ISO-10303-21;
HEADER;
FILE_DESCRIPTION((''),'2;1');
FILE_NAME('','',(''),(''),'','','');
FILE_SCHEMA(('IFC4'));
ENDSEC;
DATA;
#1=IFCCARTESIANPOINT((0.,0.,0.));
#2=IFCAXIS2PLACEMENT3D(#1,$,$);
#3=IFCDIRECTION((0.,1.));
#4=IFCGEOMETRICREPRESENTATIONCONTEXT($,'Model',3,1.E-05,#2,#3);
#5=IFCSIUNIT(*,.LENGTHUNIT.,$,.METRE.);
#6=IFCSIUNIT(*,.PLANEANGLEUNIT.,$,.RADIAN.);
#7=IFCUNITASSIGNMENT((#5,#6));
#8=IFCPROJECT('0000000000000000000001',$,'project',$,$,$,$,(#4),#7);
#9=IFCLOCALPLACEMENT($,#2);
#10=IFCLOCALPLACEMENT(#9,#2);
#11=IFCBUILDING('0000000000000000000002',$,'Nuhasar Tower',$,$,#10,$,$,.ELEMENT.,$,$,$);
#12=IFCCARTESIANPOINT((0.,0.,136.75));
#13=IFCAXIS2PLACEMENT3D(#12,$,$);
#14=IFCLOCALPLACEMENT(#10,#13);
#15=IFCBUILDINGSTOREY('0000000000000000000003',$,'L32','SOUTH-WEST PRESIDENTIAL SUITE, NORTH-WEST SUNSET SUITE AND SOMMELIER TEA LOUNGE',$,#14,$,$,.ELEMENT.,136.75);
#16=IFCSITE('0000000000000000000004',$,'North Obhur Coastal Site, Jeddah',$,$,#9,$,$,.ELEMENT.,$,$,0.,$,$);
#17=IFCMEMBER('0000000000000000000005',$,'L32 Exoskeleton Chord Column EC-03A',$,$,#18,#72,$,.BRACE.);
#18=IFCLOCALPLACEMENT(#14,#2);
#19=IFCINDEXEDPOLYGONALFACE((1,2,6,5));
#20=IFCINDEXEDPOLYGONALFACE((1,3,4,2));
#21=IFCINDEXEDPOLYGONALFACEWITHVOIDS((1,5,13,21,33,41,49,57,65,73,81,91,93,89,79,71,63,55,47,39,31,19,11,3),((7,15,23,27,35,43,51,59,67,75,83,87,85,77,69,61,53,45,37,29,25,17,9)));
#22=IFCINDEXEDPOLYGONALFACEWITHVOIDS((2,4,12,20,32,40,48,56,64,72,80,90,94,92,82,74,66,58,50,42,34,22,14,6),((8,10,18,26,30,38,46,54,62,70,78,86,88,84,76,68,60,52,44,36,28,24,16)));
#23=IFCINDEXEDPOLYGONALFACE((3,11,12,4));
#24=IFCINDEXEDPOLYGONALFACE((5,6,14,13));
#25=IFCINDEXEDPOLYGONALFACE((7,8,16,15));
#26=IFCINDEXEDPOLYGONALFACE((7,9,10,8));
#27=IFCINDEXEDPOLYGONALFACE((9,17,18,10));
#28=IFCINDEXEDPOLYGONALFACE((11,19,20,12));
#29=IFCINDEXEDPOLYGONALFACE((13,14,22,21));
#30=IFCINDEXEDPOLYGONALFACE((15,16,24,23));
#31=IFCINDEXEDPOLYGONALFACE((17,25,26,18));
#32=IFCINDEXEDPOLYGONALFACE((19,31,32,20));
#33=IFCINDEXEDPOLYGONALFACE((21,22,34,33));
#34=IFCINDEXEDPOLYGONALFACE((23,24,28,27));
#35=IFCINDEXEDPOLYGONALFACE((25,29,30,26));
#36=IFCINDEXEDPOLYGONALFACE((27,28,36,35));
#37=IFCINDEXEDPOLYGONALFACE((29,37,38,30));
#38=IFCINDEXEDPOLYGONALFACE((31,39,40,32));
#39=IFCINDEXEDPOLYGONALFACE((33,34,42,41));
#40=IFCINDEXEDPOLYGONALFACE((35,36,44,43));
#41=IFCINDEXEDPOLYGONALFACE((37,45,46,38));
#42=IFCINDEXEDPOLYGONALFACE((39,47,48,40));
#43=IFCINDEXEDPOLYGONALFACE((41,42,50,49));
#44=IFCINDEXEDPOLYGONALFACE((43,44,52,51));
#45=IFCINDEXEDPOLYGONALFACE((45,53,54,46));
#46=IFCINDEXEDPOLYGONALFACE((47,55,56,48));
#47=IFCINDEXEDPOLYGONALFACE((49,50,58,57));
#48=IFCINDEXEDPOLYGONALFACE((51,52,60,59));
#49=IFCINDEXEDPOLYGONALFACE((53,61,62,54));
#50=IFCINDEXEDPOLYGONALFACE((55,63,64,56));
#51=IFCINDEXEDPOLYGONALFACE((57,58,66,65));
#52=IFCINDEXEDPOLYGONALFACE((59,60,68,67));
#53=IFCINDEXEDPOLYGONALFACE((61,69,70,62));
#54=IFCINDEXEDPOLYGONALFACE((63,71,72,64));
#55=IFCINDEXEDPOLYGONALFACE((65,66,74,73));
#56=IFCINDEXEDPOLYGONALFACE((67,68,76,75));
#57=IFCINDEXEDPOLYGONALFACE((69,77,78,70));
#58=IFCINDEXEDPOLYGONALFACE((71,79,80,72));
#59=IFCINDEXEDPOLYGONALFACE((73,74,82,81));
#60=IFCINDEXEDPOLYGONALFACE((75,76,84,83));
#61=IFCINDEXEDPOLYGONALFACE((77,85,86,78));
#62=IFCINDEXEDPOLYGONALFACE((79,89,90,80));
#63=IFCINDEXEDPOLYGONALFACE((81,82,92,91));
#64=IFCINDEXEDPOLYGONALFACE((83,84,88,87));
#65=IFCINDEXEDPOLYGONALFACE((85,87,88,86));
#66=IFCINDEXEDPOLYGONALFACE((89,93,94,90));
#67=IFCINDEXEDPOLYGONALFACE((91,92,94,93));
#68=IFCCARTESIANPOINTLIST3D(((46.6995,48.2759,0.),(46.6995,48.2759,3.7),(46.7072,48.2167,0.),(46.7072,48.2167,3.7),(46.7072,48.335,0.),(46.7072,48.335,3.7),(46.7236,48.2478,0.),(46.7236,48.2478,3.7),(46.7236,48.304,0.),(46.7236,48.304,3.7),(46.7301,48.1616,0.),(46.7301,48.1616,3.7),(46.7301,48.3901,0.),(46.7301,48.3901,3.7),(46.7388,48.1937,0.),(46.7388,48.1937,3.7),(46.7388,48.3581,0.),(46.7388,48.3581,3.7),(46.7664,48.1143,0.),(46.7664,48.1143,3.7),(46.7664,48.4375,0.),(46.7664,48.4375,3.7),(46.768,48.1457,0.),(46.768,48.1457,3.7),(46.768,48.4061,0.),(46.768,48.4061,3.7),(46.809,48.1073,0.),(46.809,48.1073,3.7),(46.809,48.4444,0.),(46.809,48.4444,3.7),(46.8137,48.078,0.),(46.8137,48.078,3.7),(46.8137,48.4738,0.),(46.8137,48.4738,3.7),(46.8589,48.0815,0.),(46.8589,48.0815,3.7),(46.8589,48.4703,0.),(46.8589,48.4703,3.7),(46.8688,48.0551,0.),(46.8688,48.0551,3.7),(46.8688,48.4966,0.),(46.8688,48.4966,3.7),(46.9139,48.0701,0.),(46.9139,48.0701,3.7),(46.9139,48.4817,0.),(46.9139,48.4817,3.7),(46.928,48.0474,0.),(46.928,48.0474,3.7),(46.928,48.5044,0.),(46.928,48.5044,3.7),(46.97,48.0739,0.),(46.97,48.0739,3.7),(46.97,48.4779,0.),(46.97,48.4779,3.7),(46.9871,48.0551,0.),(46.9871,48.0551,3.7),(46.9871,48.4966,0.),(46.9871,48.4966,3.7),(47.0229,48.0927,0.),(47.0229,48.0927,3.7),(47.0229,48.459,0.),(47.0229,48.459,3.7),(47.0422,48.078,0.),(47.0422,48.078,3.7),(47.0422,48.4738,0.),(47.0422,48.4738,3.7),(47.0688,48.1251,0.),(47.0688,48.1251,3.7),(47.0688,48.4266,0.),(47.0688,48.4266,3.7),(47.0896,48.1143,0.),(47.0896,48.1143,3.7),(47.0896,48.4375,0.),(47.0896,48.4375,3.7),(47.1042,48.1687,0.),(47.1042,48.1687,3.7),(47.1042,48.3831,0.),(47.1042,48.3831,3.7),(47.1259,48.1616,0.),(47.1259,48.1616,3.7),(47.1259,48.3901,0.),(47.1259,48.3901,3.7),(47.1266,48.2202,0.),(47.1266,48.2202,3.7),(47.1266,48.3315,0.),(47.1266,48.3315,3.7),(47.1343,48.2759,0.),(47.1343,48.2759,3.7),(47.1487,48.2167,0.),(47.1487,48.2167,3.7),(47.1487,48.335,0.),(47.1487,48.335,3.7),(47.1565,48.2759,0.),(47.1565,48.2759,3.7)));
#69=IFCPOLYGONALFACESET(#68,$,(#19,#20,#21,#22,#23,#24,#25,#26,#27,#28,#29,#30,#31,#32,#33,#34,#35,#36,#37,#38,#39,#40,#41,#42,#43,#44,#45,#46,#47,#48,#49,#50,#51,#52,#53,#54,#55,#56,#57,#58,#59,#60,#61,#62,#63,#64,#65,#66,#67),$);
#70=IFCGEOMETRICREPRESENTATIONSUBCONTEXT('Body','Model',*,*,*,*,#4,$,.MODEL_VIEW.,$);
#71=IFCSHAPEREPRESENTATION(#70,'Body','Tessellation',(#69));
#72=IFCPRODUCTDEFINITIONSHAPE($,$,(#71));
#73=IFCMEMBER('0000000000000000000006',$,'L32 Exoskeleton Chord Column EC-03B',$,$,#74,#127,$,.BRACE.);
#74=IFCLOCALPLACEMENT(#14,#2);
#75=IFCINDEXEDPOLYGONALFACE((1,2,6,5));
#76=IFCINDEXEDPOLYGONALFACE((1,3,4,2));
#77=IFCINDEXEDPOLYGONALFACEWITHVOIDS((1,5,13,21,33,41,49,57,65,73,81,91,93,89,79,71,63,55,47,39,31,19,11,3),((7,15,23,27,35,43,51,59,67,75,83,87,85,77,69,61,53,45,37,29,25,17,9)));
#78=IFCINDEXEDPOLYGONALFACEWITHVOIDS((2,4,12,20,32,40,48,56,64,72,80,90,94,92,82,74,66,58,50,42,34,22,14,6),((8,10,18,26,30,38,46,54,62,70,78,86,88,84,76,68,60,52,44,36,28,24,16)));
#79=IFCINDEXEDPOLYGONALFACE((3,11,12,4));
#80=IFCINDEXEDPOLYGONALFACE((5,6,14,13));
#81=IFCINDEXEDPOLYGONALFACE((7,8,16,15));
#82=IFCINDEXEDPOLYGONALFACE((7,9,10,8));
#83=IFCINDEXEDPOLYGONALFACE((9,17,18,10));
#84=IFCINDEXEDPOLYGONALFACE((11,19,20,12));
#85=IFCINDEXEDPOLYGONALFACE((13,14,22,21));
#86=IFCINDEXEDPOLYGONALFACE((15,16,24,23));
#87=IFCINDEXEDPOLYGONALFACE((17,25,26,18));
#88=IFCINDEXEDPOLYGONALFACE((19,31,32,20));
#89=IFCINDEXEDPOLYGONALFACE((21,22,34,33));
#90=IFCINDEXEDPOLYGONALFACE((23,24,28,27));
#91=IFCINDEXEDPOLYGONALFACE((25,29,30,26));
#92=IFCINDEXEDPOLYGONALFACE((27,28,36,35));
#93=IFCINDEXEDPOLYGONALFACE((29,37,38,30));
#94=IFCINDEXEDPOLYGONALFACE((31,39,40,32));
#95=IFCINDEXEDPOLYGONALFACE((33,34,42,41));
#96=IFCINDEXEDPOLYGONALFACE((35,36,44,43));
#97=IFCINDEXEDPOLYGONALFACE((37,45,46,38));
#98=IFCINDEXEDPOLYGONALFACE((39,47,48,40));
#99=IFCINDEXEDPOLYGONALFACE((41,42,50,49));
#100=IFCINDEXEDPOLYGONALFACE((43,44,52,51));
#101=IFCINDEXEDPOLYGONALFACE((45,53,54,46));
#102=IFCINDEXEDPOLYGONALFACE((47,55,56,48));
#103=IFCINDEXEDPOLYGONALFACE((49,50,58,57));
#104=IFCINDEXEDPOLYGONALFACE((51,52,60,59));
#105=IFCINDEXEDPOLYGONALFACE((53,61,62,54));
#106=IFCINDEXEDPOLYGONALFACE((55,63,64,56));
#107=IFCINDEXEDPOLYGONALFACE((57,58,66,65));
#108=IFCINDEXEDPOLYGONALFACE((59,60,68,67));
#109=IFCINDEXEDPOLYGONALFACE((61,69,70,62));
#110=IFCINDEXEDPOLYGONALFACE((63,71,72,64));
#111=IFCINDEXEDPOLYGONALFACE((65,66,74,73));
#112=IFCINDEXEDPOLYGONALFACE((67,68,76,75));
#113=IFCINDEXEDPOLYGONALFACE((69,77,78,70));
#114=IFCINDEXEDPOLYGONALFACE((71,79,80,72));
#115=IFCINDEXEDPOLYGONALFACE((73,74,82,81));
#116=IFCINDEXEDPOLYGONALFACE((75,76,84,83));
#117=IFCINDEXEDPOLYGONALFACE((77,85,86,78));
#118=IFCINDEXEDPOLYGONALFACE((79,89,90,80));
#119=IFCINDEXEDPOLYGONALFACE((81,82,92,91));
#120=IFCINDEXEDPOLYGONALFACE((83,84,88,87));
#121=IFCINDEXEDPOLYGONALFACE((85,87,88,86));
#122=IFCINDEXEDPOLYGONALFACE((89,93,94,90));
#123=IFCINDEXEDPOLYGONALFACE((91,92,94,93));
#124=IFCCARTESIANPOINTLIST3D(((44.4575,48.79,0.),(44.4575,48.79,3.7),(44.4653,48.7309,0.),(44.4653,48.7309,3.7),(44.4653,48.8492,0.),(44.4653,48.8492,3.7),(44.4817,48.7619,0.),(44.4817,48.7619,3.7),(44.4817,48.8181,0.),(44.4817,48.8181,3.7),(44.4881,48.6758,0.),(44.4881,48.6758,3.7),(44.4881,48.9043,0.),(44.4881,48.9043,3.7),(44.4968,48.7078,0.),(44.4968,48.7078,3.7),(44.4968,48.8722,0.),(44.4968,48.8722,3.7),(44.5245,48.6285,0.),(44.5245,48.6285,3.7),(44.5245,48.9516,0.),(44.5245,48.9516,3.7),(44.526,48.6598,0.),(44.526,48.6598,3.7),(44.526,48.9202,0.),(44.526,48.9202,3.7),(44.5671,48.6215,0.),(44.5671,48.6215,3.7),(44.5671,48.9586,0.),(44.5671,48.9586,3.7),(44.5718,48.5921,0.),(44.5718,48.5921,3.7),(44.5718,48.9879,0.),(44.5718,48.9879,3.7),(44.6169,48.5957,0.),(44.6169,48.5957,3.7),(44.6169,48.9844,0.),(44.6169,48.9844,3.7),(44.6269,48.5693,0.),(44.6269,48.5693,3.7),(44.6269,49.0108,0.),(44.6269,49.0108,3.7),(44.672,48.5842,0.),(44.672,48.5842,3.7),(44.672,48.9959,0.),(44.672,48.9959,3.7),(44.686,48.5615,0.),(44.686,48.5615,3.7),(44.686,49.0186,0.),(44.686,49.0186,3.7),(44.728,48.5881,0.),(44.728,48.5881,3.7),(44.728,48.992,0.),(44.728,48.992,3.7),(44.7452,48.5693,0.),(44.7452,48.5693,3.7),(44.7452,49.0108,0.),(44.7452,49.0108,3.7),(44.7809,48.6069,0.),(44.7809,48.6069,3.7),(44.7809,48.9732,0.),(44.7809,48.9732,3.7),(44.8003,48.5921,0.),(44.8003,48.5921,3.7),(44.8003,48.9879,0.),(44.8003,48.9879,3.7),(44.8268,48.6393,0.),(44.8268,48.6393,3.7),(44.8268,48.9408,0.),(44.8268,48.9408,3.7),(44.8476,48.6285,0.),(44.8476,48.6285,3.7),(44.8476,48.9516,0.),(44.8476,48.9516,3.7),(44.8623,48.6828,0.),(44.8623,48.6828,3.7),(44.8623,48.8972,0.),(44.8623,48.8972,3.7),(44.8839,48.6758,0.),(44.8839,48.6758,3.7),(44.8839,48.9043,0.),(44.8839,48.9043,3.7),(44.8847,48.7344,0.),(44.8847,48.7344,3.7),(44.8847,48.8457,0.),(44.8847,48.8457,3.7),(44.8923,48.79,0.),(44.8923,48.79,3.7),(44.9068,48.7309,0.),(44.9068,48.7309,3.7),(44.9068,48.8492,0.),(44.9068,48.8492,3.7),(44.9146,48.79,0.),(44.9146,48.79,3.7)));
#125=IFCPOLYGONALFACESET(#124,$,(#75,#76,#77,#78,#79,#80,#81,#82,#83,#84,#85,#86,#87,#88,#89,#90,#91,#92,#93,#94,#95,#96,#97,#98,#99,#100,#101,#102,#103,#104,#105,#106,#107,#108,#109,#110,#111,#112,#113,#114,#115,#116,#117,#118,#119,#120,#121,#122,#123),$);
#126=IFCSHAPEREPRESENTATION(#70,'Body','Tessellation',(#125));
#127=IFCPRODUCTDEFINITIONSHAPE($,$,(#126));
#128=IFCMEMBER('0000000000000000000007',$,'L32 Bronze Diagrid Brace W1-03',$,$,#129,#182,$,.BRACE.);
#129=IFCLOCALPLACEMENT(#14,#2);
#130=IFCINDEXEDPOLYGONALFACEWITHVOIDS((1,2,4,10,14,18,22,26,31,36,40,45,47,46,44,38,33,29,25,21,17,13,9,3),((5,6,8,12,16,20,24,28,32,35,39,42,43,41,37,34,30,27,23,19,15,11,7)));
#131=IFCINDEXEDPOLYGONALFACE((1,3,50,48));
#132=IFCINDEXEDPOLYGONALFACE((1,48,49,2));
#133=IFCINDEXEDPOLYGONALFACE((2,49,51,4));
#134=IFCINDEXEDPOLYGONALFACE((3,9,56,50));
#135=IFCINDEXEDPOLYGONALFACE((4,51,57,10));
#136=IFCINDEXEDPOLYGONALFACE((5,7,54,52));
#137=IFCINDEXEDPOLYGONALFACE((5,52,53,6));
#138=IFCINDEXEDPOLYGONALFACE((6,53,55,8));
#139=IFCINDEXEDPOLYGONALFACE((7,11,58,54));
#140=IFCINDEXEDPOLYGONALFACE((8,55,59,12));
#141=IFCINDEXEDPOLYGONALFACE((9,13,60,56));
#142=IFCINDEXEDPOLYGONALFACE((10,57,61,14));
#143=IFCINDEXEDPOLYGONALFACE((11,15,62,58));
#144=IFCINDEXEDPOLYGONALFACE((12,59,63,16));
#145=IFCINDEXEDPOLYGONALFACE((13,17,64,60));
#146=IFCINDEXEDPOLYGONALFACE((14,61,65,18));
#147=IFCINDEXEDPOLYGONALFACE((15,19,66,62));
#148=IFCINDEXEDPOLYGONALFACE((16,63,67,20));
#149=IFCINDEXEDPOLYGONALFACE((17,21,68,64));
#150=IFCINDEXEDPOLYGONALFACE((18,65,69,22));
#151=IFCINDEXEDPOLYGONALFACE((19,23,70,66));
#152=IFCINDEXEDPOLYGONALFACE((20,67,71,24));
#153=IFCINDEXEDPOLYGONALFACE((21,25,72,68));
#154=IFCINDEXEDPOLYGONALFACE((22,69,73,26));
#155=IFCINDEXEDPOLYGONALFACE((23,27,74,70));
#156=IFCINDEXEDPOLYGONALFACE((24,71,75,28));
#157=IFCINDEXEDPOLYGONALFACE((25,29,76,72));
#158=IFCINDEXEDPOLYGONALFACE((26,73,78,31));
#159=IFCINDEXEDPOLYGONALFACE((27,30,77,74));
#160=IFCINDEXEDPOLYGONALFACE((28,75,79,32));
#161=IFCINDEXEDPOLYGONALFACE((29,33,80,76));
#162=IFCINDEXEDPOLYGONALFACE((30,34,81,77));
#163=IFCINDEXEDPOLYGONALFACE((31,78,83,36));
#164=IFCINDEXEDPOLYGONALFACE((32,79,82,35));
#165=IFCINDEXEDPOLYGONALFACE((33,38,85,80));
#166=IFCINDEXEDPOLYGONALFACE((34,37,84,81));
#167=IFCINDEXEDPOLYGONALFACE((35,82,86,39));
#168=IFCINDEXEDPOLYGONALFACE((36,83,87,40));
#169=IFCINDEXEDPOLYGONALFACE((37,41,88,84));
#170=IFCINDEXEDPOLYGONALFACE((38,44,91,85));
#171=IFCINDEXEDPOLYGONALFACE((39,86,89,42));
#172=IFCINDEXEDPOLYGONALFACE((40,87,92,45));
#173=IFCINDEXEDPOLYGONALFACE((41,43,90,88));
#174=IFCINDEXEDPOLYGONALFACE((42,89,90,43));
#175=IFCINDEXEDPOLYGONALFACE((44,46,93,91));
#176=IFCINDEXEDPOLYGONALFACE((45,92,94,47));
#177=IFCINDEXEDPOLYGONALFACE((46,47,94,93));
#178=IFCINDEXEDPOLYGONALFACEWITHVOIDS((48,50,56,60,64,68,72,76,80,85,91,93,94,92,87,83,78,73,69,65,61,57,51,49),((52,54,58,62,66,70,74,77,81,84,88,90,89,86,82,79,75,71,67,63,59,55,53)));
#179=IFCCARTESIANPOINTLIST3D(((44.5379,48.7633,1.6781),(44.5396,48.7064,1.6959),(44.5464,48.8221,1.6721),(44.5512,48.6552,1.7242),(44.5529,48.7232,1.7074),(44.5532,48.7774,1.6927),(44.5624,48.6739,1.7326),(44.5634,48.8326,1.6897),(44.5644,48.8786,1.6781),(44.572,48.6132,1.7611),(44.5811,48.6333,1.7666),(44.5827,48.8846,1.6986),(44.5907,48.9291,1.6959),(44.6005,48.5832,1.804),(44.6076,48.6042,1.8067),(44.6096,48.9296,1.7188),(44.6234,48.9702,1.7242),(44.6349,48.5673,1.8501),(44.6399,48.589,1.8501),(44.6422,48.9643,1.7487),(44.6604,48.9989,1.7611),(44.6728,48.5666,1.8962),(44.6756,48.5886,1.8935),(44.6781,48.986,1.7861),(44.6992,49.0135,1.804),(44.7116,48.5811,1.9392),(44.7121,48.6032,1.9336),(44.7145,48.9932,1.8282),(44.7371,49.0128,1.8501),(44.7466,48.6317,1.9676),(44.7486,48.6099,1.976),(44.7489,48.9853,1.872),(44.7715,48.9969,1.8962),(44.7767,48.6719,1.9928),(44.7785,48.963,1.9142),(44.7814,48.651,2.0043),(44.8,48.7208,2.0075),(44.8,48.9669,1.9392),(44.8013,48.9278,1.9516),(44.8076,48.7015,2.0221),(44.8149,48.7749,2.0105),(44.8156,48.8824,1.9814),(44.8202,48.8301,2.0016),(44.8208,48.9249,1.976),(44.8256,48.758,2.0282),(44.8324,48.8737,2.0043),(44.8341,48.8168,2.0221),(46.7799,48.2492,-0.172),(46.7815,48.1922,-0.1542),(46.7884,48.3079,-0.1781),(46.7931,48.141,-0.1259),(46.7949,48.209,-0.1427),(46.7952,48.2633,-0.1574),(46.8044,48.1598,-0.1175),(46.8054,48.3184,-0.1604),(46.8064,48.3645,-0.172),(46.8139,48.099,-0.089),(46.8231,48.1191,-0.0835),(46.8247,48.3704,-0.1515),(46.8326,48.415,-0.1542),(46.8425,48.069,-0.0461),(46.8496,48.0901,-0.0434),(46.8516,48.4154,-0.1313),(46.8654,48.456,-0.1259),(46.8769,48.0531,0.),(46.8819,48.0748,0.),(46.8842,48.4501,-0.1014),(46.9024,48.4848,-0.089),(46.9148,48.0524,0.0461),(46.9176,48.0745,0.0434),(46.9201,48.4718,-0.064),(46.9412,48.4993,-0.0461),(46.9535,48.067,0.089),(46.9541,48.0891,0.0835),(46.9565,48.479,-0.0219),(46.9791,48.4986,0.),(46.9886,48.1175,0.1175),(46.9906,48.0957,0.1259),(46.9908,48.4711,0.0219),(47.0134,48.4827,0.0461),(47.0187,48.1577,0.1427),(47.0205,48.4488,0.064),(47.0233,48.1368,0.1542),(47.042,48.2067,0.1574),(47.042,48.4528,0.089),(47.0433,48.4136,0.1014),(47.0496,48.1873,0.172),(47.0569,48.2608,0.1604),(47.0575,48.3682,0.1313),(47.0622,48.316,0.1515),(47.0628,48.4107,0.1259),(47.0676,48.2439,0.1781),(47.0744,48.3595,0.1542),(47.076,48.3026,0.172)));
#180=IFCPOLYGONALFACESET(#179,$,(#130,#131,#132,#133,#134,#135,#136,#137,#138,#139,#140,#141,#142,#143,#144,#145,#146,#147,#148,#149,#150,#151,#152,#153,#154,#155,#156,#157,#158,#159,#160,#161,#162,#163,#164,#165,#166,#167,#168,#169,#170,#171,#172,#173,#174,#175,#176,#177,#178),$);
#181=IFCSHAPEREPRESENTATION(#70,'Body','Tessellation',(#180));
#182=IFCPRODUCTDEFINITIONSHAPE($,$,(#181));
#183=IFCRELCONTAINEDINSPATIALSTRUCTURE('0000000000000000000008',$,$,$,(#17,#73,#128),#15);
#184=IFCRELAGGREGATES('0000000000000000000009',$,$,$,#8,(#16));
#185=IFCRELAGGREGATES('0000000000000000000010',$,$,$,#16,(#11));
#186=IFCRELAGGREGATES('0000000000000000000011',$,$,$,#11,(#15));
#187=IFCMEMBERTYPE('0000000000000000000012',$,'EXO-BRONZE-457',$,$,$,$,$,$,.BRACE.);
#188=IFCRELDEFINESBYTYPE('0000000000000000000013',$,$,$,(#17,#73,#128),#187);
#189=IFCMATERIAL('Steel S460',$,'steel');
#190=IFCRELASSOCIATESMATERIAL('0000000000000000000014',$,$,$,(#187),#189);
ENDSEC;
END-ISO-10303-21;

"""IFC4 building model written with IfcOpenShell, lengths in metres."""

from ifc_helpers import new_model, si_unit, direction, frame, origin, origin_2d, place, context, subcontext, project, spatial, hollow_circle, extrude, material, material_profile, profile_set, type_object, element, save


model = new_model("IFC4")

# Units and contexts
model_context = context("Model", 3, precision=1e-05, world=origin(), true_north=direction((0.0, 1.0)))
body_context = subcontext(model_context, "Body", "Model", "MODEL_VIEW")
ifc_project = project(units=[si_unit("LENGTHUNIT", "METRE"), si_unit("PLANEANGLEUNIT", "RADIAN")], contexts=[model_context])

# Site, building, storey
site_placement = place(None, origin())
site = spatial("IfcSite", under=ifc_project, at=site_placement, Name="North Obhur Coastal Site, Jeddah", CompositionType="ELEMENT", RefElevation=0.0)
building_placement = place(site_placement, origin())
building = spatial("IfcBuilding", under=site, at=building_placement, Name="Nuhasar Tower", CompositionType="ELEMENT")
storey_placement = place(building_placement, frame((0.0, 0.0, 136.75)))
storey = spatial("IfcBuildingStorey", under=building, at=storey_placement, Name="L32", Description="SOUTH-WEST PRESIDENTIAL SUITE, NORTH-WEST SUNSET SUITE AND SOMMELIER TEA LOUNGE", CompositionType="ELEMENT", Elevation=136.75)

# Members
ifc_material_1 = material(Name="Steel S460", Category="steel")
ifc_material_profile_1 = material_profile(ifc_material_1, hollow_circle(Radius=0.2285, WallThickness=0.0222, at=origin_2d()), Name="HSS457X22.2")
ifc_profile_set_1 = profile_set([ifc_material_profile_1], Name="Steel S460")
member_type_1 = type_object("IfcMemberType", Name="EXO-BRONZE-457", PredefinedType="BRACE", material=ifc_profile_set_1)
for number, where, z_axis, x_axis, name in (
    (1, (46.928, 48.2759, 0.0), (0.0, 0.0, 1.0), (1.0, 0.0, 0.0), "L32 Exoskeleton Chord Column EC-03A"),
    (2, (44.686, 48.79, 0.0), (0.0, 0.0, 1.0), (1.0, 0.0, 0.0), "L32 Exoskeleton Chord Column EC-03B"),
):
    element("IfcMember", number, at=place(storey_placement, frame(where, z_axis=z_axis, x_axis=x_axis)), inside=storey, type_object=member_type_1, Name=name, PredefinedType="BRACE", context=body_context, shape_type="SweptSolid", body=[
        extrude(hollow_circle(Radius=0.2285, WallThickness=0.0222, at=origin_2d()), origin(), (0.0, 0.0, 1.0), 3.7),
    ])
member_1_placement = place(storey_placement, frame((46.928, 48.2759, 0.0), z_axis=(-0.7595, 0.174181, 0.626755), x_axis=(-0.223534, -0.974696, 0.0)))
element("IfcMember", 3, at=member_1_placement, inside=storey, type_object=member_type_1, Name="L32 Bronze Diagrid Brace W1-03", PredefinedType="BRACE", context=body_context, shape_type="SweptSolid", body=[
    extrude(hollow_circle(Radius=0.2285, WallThickness=0.0222, at=origin_2d()), origin(), (0.0, 0.0, 1.0), 2.9519),
])

save(model, "model.ifc")
